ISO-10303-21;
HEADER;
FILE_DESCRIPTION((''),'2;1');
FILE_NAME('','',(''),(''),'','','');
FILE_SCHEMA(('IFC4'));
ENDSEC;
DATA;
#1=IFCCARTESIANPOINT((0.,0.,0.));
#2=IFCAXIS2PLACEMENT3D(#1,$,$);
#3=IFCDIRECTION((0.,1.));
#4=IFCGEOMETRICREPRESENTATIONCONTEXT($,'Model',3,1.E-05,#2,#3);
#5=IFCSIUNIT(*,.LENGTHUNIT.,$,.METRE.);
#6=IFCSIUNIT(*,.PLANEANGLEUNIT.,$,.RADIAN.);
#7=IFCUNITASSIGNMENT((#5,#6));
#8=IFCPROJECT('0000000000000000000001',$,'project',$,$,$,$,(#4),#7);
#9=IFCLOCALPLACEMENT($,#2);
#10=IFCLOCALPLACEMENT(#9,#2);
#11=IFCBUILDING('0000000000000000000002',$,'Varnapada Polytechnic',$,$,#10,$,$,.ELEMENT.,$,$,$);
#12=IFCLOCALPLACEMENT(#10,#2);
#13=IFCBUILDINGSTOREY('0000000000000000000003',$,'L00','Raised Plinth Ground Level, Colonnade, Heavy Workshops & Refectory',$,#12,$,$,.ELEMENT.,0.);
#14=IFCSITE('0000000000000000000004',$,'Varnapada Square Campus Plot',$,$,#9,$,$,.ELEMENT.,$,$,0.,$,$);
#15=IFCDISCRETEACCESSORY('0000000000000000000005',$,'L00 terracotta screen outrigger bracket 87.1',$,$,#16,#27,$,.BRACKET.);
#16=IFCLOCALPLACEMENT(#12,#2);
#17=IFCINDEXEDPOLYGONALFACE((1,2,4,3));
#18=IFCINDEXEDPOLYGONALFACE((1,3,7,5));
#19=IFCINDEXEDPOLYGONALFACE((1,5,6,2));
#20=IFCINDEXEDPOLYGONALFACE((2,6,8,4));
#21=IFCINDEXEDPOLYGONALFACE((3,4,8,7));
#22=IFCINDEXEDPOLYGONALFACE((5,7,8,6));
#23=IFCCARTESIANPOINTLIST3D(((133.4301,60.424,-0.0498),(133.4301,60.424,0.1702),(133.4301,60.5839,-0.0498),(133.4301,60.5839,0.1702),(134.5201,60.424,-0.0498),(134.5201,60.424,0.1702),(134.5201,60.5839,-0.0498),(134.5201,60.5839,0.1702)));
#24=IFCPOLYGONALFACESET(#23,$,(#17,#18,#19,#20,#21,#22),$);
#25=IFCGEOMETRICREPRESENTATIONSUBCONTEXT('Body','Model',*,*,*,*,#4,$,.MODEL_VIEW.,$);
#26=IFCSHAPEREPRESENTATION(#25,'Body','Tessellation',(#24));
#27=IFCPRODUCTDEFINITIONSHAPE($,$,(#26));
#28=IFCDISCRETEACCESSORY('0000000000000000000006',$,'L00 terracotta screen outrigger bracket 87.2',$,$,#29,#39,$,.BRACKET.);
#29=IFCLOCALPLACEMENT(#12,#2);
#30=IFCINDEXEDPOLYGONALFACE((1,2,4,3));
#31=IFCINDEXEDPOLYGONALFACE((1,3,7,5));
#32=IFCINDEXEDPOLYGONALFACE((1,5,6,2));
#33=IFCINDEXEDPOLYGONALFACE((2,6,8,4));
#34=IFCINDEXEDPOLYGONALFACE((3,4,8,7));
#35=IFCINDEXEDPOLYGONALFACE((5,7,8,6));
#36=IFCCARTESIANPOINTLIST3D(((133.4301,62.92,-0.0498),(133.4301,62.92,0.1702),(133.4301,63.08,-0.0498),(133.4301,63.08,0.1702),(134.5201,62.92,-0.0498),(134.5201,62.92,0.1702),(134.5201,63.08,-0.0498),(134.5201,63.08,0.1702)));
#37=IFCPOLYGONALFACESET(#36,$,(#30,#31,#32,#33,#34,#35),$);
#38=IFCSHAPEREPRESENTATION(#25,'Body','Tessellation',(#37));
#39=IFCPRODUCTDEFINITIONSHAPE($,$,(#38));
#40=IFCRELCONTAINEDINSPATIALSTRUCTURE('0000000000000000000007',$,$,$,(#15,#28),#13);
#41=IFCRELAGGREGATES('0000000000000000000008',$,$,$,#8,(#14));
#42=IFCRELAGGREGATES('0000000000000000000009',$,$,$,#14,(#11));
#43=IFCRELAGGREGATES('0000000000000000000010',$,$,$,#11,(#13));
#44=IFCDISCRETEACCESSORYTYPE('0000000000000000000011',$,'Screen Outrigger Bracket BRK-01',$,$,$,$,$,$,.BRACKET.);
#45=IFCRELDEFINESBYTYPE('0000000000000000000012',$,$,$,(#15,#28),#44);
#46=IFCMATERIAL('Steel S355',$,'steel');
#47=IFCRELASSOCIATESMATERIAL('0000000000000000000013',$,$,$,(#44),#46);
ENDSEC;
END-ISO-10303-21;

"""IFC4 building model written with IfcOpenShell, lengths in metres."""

from ifc_helpers import new_model, si_unit, direction, frame, origin, origin_2d, place, context, subcontext, project, spatial, rectangle, extrude, material, type_object, element, save


model = new_model("IFC4")

# Units and contexts
model_context = context("Model", 3, precision=1e-05, world=origin(), true_north=direction((0.0, 1.0)))
body_context = subcontext(model_context, "Body", "Model", "MODEL_VIEW")
ifc_project = project(units=[si_unit("LENGTHUNIT", "METRE"), si_unit("PLANEANGLEUNIT", "RADIAN")], contexts=[model_context])

# Site, building, storey
site_placement = place(None, origin())
site = spatial("IfcSite", under=ifc_project, at=site_placement, Name="Varnapada Square Campus Plot", CompositionType="ELEMENT", RefElevation=0.0)
building_placement = place(site_placement, origin())
building = spatial("IfcBuilding", under=site, at=building_placement, Name="Varnapada Polytechnic", CompositionType="ELEMENT")
storey_placement = place(building_placement, origin())
storey = spatial("IfcBuildingStorey", under=building, at=storey_placement, Name="L00", Description="Raised Plinth Ground Level, Colonnade, Heavy Workshops & Refectory", CompositionType="ELEMENT", Elevation=0.0)

# Discrete accessories
ifc_material_1 = material(Name="Steel S355", Category="steel")
discrete_accessory_type = type_object("IfcDiscreteAccessoryType", Name="Screen Outrigger Bracket BRK-01", PredefinedType="BRACKET", material=ifc_material_1)
for number, where, z_axis, x_axis, name in (
    (1, (133.9751, 60.5039, -0.0498), (0.0, 0.0, 1.0), (0.0, 1.0, 0.0), "L00 terracotta screen outrigger bracket 87.1"),
    (2, (133.9751, 63.0, -0.0498), (0.0, 0.0, 1.0), (0.0, 1.0, 0.0), "L00 terracotta screen outrigger bracket 87.2"),
):
    element("IfcDiscreteAccessory", number, at=place(storey_placement, frame(where, z_axis=z_axis, x_axis=x_axis)), inside=storey, type_object=discrete_accessory_type, Name=name, PredefinedType="BRACKET", context=body_context, shape_type="SweptSolid", body=[
        extrude(rectangle(XDim=0.1599, YDim=1.0901, at=origin_2d()), origin(), (0.0, 0.0, 1.0), 0.22),
    ])

save(model, "model.ifc")
